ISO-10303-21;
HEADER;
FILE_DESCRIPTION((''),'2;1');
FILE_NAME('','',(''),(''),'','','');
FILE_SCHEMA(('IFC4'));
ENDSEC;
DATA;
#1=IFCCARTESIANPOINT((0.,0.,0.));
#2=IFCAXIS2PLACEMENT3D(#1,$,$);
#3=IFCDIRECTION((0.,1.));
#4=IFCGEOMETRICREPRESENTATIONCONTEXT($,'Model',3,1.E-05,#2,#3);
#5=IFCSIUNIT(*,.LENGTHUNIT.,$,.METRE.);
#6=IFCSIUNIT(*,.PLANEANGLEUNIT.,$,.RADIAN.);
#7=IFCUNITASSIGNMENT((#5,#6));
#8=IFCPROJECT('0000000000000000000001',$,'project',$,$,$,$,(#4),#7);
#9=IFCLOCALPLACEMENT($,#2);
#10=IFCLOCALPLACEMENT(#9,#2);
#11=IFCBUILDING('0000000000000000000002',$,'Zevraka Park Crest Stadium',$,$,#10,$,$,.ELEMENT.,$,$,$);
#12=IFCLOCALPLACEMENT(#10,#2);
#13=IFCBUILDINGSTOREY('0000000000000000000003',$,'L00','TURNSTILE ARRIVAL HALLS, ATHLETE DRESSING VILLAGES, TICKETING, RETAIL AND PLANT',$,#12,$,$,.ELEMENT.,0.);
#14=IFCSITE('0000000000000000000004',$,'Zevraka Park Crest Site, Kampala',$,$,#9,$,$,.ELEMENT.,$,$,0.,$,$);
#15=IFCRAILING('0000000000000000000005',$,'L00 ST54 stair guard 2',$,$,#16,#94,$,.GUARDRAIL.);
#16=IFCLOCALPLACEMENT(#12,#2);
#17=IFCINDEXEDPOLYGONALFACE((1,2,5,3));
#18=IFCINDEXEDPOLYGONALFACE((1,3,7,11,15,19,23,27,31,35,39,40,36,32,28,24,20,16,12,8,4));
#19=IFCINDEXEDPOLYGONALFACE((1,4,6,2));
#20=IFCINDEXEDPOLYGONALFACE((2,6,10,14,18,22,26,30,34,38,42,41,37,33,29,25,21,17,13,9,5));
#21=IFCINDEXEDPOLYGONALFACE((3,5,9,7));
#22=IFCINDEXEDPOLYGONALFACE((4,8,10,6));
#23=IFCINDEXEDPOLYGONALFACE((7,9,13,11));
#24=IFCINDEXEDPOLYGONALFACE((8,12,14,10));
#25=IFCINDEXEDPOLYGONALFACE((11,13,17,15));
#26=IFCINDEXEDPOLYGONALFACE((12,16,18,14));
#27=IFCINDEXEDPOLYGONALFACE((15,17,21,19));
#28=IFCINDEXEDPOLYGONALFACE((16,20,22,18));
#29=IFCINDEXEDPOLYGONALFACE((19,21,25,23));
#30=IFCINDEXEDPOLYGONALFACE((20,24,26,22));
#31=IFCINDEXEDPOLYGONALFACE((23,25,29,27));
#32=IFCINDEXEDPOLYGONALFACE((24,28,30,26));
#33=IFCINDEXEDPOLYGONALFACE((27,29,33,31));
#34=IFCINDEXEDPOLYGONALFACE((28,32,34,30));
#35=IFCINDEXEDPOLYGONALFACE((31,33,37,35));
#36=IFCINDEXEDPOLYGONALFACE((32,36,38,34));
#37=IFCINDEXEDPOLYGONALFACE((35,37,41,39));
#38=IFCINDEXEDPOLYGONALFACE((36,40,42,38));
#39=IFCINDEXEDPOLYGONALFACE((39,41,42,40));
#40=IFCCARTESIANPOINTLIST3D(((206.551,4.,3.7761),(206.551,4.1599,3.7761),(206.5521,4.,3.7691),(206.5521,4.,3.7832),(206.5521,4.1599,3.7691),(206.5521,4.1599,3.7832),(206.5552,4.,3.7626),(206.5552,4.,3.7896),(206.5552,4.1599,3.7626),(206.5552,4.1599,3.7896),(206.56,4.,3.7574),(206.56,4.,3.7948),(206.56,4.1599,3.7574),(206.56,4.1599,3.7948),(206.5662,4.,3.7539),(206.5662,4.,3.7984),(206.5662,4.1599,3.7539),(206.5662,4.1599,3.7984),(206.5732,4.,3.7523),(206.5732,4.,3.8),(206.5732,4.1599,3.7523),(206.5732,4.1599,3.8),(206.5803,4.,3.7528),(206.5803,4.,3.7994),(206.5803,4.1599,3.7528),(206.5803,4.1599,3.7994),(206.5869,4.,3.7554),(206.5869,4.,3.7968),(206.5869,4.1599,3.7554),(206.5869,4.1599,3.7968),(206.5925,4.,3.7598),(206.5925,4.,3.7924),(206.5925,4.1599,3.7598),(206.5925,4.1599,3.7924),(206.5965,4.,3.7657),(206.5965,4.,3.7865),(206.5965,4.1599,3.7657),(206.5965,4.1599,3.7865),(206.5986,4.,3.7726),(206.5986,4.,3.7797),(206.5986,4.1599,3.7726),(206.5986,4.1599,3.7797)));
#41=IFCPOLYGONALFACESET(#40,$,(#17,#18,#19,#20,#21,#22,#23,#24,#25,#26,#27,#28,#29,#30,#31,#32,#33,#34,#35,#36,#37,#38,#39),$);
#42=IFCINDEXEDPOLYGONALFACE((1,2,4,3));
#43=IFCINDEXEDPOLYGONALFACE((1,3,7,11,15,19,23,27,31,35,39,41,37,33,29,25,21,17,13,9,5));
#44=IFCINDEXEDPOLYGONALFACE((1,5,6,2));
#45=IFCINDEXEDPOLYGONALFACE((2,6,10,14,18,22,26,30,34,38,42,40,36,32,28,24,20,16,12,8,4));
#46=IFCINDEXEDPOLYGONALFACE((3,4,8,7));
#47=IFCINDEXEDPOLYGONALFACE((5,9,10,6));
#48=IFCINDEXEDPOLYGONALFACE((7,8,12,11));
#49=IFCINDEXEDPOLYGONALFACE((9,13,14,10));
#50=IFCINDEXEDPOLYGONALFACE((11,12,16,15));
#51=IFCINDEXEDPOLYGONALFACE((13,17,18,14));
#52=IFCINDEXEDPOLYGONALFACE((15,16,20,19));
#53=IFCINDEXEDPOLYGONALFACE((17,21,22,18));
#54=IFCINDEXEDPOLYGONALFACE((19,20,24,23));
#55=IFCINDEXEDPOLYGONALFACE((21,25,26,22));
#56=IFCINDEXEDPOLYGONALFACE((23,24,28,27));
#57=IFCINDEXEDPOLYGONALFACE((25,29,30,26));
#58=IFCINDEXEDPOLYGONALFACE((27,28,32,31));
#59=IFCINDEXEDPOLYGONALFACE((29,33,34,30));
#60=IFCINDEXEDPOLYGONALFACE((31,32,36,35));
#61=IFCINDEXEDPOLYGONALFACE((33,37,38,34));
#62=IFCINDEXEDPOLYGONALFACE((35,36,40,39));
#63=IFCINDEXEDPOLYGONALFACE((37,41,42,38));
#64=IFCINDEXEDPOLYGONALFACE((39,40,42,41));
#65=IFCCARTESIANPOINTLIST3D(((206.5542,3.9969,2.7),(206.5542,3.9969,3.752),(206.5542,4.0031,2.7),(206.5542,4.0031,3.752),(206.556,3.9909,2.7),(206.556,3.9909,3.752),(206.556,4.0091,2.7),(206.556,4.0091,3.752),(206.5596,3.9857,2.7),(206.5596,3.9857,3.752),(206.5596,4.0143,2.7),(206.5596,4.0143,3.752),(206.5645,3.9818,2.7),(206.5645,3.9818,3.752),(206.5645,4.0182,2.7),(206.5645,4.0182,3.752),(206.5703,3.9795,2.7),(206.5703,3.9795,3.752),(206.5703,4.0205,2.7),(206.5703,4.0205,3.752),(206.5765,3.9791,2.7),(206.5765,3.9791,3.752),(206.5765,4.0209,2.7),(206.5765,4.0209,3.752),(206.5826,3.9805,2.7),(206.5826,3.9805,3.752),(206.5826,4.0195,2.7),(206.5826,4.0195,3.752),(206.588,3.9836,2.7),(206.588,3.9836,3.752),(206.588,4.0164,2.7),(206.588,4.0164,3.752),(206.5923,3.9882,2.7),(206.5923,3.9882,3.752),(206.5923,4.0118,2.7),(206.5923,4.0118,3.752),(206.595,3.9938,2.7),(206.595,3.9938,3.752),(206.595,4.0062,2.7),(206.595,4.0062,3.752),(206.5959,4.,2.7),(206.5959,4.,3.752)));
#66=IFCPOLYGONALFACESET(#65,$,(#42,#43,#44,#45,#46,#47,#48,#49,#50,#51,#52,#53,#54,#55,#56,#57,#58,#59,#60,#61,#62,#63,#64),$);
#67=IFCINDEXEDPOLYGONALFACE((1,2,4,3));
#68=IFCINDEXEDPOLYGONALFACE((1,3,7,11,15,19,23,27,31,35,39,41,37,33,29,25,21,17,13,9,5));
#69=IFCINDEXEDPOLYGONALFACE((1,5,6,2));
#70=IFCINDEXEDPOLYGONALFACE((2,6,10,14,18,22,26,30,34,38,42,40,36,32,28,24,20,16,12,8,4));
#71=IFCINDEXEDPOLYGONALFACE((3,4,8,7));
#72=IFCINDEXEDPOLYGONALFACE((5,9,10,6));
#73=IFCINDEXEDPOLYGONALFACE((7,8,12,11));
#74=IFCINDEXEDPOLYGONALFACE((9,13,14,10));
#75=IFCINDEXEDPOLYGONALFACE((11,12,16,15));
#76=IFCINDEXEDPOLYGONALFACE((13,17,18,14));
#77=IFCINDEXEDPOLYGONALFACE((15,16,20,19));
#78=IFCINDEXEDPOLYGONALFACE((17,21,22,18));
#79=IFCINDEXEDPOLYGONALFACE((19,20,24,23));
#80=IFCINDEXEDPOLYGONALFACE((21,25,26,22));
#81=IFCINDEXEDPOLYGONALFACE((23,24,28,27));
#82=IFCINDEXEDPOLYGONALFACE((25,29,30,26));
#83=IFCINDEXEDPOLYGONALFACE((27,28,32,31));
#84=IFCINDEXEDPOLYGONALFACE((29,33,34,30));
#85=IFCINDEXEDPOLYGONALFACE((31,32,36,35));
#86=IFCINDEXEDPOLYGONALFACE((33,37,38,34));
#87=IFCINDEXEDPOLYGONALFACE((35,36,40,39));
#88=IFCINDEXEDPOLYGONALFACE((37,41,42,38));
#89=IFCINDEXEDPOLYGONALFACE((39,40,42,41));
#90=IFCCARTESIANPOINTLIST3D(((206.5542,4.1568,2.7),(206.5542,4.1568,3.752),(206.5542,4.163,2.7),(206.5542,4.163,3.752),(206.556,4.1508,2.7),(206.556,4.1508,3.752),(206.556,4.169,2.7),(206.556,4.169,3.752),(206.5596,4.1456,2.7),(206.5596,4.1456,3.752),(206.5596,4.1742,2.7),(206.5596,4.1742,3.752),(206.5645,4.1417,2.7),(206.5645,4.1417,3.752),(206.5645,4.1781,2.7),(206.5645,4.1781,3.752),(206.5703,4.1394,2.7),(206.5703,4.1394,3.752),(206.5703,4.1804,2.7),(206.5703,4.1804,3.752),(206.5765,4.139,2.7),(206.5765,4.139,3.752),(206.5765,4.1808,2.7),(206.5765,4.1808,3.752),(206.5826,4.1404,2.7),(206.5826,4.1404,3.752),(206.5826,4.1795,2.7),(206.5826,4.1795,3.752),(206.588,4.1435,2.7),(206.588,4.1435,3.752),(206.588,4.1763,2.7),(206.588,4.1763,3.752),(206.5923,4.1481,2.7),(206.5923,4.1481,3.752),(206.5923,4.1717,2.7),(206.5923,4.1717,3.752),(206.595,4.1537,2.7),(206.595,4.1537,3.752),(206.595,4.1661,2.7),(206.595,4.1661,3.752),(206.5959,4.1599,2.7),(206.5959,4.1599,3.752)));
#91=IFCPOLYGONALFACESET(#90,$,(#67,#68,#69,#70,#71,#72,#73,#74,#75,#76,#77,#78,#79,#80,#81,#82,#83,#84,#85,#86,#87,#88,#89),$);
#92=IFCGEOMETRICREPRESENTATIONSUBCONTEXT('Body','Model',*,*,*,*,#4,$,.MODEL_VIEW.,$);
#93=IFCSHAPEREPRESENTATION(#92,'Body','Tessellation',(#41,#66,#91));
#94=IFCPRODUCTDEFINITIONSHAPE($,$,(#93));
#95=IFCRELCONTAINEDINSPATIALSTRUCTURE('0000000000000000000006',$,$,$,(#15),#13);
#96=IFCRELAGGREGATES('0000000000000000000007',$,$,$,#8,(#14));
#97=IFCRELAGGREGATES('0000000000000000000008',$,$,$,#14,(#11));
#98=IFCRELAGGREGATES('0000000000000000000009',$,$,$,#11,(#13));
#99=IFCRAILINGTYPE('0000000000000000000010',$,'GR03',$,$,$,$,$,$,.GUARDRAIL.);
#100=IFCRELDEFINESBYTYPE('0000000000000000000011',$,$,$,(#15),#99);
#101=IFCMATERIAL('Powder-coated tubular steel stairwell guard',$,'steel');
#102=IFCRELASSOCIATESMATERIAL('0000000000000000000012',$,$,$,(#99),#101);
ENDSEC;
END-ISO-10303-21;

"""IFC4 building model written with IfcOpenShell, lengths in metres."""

from ifc_helpers import new_model, si_unit, direction, frame, origin, origin_2d, place, context, subcontext, project, spatial, circle, extrude, material, type_object, element, save


model = new_model("IFC4")

# Units and contexts
model_context = context("Model", 3, precision=1e-05, world=origin(), true_north=direction((0.0, 1.0)))
body_context = subcontext(model_context, "Body", "Model", "MODEL_VIEW")
ifc_project = project(units=[si_unit("LENGTHUNIT", "METRE"), si_unit("PLANEANGLEUNIT", "RADIAN")], contexts=[model_context])

# Site, building, storey
site_placement = place(None, origin())
site = spatial("IfcSite", under=ifc_project, at=site_placement, Name="Zevraka Park Crest Site, Kampala", CompositionType="ELEMENT", RefElevation=0.0)
building_placement = place(site_placement, origin())
building = spatial("IfcBuilding", under=site, at=building_placement, Name="Zevraka Park Crest Stadium", CompositionType="ELEMENT")
storey_placement = place(building_placement, origin())
storey = spatial("IfcBuildingStorey", under=building, at=storey_placement, Name="L00", Description="TURNSTILE ARRIVAL HALLS, ATHLETE DRESSING VILLAGES, TICKETING, RETAIL AND PLANT", CompositionType="ELEMENT", Elevation=0.0)

# Railing
ifc_material_1 = material(Name="Powder-coated tubular steel stairwell guard", Category="steel")
railing_type_1 = type_object("IfcRailingType", Name="GR03", PredefinedType="GUARDRAIL", material=ifc_material_1)
railing_1_placement = place(storey_placement, frame((206.575, 4.0, 2.7)))
element("IfcRailing", 1, at=railing_1_placement, inside=storey, type_object=railing_type_1, Name="L00 ST54 stair guard 2", PredefinedType="GUARDRAIL", context=body_context, shape_type="SweptSolid", body=[
    extrude(circle(Radius=0.0239, at=origin_2d()), frame((0.0, 0.0, 1.0762), z_axis=(0.0, 1.0, 0.0), x_axis=(-1.0, 0.0, 0.0)), (0.0, 0.0, 1.0), 0.1599),
    extrude(circle(Radius=0.021, at=origin_2d()), origin(), (0.0, 0.0, 1.0), 1.052),
    extrude(circle(Radius=0.021, at=origin_2d()), frame((0.0, 0.1599, 0.0)), (0.0, 0.0, 1.0), 1.052),
])

save(model, "model.ifc")
